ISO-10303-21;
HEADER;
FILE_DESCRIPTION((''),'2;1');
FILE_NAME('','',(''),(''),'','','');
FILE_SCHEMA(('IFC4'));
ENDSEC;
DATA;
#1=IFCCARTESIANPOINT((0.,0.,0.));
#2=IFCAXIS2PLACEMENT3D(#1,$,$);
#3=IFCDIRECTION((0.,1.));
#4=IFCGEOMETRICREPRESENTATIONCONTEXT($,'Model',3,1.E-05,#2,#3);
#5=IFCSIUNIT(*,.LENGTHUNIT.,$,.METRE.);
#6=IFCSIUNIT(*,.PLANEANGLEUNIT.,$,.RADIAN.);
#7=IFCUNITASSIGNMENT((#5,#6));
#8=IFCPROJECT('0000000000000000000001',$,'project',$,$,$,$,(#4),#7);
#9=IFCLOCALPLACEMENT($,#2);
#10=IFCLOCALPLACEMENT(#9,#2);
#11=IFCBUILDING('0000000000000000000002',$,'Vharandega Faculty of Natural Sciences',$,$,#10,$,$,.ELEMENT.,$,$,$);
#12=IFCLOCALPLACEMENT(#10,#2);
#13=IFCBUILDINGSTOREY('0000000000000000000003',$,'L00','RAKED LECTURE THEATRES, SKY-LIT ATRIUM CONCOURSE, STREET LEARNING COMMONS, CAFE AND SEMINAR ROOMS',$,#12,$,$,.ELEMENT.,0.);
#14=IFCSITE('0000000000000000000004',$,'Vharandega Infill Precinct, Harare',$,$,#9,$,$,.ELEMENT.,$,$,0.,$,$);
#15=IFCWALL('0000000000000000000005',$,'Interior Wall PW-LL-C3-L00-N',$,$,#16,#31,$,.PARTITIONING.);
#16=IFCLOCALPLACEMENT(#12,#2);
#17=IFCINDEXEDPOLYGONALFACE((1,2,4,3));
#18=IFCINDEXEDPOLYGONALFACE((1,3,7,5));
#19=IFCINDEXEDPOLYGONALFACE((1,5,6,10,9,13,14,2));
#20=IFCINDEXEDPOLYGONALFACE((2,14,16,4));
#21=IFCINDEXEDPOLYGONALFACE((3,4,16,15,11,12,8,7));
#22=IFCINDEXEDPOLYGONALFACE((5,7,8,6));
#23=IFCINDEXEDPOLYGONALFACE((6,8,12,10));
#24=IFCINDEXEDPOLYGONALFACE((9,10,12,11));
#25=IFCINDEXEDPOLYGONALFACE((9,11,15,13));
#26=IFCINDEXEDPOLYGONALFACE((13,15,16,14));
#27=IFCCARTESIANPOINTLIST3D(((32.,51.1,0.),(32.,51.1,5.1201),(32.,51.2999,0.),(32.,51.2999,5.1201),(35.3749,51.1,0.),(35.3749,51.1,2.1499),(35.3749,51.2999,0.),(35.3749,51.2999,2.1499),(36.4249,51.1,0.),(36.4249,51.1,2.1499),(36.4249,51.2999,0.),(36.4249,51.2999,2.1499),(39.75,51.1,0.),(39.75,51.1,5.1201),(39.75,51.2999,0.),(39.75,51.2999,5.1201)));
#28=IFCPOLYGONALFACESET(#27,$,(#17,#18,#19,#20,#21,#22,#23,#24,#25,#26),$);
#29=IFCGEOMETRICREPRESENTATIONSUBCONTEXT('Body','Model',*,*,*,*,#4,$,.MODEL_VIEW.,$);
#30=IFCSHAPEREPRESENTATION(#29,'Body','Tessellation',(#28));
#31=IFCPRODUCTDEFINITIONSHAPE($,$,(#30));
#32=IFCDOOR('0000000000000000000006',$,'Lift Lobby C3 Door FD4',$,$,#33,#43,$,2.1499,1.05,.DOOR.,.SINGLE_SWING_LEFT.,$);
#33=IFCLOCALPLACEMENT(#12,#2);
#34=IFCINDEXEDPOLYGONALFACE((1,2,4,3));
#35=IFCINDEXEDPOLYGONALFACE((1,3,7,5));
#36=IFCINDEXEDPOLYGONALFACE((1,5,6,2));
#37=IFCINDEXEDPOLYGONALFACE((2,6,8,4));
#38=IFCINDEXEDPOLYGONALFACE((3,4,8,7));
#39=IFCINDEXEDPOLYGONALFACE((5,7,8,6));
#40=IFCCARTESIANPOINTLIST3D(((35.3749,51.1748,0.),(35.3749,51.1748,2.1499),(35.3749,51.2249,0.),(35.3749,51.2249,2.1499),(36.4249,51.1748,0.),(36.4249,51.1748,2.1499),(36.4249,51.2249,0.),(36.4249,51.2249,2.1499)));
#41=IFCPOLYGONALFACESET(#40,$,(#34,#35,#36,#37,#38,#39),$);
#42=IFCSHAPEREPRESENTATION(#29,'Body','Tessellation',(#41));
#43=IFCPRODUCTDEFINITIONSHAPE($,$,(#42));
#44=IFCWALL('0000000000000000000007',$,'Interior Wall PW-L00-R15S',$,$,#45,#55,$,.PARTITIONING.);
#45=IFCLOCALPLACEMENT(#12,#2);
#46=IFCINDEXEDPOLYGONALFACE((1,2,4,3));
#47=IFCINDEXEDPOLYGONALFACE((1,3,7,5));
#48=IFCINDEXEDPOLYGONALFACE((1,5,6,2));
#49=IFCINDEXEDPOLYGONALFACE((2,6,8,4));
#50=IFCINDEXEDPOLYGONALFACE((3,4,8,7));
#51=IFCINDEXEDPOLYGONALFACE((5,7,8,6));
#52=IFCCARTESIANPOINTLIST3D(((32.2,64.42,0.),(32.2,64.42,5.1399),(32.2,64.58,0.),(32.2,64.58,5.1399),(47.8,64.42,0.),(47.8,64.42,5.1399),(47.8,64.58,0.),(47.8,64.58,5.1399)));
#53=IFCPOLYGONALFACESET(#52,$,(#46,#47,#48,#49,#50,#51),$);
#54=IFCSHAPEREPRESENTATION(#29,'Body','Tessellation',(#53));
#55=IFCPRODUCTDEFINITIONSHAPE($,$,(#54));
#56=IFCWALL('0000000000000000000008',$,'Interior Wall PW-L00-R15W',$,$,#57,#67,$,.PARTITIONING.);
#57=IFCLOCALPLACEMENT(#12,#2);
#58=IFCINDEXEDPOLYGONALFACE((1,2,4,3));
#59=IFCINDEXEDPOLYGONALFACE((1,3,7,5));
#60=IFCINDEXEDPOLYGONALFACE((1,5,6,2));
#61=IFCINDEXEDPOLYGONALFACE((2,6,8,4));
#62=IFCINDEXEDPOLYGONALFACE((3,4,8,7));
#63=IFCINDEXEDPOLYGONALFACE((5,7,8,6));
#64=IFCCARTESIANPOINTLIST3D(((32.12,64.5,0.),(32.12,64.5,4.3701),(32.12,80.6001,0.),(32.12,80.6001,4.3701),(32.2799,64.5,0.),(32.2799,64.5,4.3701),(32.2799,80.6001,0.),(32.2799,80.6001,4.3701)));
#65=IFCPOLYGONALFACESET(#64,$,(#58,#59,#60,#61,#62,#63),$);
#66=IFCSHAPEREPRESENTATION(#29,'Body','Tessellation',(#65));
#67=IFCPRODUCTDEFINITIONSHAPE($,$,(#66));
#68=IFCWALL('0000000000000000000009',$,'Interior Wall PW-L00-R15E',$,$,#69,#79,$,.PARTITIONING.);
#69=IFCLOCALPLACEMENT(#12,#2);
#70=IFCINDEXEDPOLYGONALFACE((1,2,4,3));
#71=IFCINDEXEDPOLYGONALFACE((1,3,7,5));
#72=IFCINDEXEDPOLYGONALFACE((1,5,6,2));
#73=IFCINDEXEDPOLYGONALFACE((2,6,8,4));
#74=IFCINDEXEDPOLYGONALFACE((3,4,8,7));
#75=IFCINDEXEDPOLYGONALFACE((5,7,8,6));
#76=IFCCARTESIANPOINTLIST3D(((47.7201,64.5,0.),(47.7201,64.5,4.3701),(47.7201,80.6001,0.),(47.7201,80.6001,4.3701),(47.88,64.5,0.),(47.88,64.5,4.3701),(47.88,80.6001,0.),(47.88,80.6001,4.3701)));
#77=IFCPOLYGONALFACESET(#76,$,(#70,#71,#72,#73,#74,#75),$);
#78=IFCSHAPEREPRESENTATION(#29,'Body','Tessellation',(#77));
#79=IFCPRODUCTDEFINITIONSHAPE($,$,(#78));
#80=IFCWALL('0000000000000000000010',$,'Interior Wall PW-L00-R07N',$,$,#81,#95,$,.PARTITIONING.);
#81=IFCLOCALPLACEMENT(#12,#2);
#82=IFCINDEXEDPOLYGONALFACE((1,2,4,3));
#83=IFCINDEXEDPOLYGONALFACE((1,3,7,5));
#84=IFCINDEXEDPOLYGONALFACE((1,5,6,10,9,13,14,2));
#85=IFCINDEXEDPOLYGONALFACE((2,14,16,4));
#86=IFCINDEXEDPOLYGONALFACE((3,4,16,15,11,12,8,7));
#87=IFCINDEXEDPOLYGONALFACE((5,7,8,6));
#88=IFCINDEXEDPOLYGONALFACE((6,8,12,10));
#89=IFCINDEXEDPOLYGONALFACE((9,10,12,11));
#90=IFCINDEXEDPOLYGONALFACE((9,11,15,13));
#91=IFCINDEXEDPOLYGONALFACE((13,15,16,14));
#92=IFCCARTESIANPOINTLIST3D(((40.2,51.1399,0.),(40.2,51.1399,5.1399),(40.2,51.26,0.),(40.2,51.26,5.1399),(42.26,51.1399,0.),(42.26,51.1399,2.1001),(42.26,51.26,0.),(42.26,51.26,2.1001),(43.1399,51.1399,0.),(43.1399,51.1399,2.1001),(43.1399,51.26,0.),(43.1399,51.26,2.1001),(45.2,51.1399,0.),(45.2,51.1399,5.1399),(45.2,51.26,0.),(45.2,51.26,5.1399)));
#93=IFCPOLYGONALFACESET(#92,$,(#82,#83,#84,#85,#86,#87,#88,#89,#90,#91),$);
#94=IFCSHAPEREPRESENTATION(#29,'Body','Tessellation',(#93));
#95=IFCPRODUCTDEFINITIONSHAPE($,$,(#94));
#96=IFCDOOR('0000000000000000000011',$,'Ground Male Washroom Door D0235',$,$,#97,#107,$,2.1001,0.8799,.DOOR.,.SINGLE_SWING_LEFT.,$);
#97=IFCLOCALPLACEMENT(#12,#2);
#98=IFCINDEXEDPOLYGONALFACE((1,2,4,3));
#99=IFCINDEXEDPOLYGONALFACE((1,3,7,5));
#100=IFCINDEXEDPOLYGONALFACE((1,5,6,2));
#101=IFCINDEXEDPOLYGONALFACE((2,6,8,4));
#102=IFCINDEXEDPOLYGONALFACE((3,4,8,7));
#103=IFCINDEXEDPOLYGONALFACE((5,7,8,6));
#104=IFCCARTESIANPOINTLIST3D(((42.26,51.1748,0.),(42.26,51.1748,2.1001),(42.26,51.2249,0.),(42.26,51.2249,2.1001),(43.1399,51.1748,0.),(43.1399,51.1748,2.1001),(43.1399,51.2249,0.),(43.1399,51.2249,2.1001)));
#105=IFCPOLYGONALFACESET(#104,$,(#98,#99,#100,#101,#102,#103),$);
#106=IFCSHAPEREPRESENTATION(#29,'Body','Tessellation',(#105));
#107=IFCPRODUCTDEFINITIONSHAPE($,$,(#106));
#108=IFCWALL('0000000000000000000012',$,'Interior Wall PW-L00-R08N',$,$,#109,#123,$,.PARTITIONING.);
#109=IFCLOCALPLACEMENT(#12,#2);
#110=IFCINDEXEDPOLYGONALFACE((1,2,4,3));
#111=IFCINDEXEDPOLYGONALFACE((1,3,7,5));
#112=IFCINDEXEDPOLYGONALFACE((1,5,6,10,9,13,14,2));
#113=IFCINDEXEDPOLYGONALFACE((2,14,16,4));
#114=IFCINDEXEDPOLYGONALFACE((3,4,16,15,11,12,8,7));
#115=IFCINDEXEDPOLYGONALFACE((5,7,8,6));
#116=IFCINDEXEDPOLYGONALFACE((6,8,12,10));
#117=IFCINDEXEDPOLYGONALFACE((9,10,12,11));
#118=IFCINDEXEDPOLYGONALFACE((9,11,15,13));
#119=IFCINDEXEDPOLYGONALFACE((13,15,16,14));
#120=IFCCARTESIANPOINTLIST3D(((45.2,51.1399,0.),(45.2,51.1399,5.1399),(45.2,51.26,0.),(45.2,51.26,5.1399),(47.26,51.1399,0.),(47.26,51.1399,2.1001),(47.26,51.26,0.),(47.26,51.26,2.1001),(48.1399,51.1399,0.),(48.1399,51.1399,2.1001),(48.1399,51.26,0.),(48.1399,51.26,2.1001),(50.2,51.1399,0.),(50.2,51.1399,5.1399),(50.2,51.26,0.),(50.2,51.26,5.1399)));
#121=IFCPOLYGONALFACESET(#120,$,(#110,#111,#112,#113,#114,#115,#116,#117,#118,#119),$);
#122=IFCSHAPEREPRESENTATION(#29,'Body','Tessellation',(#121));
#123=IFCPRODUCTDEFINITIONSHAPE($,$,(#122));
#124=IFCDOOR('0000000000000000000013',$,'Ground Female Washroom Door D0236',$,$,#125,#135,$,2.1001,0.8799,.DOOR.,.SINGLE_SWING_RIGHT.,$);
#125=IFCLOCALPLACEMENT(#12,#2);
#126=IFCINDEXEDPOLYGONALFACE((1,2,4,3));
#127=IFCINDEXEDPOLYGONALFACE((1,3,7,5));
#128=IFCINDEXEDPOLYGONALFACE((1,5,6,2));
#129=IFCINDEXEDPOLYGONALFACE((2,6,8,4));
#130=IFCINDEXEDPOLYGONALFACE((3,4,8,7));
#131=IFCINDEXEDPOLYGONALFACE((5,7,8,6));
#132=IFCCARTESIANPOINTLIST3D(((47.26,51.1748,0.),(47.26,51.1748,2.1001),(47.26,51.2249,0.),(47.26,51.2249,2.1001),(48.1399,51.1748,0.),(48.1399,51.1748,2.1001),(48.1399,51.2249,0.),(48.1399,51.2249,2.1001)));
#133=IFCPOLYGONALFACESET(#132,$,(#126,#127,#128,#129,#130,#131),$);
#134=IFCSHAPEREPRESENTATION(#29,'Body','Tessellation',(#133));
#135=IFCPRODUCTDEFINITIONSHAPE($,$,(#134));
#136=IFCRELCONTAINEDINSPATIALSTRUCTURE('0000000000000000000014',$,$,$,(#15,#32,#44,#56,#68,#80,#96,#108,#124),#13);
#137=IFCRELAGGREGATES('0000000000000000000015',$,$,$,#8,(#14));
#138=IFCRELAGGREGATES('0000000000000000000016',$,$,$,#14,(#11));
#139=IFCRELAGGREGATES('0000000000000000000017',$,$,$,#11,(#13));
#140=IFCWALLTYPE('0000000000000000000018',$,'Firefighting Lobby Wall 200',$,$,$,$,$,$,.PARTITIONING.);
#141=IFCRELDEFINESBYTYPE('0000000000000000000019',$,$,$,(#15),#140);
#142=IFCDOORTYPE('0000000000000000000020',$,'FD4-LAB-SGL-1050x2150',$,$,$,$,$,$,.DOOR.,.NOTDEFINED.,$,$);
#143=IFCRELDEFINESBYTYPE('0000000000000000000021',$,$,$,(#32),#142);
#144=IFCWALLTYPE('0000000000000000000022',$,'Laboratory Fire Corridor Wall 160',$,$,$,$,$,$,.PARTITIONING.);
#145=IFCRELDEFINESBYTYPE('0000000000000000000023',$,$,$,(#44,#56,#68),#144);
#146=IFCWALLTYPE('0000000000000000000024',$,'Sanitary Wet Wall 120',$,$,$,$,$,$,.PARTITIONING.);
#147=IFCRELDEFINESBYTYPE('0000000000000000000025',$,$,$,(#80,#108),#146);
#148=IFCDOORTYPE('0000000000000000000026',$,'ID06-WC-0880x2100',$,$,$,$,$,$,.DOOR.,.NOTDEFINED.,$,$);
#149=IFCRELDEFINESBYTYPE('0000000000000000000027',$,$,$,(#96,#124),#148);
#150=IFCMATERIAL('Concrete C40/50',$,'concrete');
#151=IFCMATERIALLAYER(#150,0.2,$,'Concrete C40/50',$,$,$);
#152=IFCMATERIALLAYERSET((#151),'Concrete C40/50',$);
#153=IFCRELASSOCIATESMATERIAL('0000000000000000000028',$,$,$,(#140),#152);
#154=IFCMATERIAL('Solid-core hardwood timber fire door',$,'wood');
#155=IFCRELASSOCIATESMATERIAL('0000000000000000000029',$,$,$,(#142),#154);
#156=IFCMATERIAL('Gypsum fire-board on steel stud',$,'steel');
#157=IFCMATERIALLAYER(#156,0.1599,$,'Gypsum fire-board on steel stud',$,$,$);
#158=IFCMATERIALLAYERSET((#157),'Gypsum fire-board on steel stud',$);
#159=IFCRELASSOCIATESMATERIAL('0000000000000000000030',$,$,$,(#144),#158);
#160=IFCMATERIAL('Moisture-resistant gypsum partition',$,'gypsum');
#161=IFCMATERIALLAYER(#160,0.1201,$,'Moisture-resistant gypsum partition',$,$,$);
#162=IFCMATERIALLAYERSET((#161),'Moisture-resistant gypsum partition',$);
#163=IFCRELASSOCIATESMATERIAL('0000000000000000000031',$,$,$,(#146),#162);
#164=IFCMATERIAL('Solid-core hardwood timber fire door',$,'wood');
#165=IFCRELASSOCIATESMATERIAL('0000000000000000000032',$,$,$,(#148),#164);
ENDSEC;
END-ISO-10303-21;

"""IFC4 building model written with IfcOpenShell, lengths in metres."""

from ifc_helpers import new_model, si_unit, direction, frame, frame_2d, origin, place, context, subcontext, project, spatial, rectangle, extrude, material, layer, layer_set, type_object, element, fill, save


model = new_model("IFC4")

# Units and contexts
model_context = context("Model", 3, precision=1e-05, world=origin(), true_north=direction((0.0, 1.0)))
body_context = subcontext(model_context, "Body", "Model", "MODEL_VIEW")
ifc_project = project(units=[si_unit("LENGTHUNIT", "METRE"), si_unit("PLANEANGLEUNIT", "RADIAN")], contexts=[model_context])

# Site, building, storey
site_placement = place(None, origin())
site = spatial("IfcSite", under=ifc_project, at=site_placement, Name="Vharandega Infill Precinct, Harare", CompositionType="ELEMENT", RefElevation=0.0)
building_placement = place(site_placement, origin())
building = spatial("IfcBuilding", under=site, at=building_placement, Name="Vharandega Faculty of Natural Sciences", CompositionType="ELEMENT")
storey_placement = place(building_placement, origin())
storey = spatial("IfcBuildingStorey", under=building, at=storey_placement, Name="L00", Description="RAKED LECTURE THEATRES, SKY-LIT ATRIUM CONCOURSE, STREET LEARNING COMMONS, CAFE AND SEMINAR ROOMS", CompositionType="ELEMENT", Elevation=0.0)

# Wall, opening, door
ifc_material_1 = material(Name="Concrete C40/50", Category="concrete")
ifc_layer_1 = layer(ifc_material_1, 0.2, Name="Concrete C40/50")
ifc_layer_set_1 = layer_set([ifc_layer_1], Name="Concrete C40/50")
wall_type_1 = type_object("IfcWallType", Name="Firefighting Lobby Wall 200", PredefinedType="PARTITIONING", material=ifc_layer_set_1)
wall_1_placement = place(storey_placement, frame((32.0, 51.2, 0.0), z_axis=(0.0, 0.0, 1.0), x_axis=(1.0, 0.0, 0.0)))
wall_1 = element("IfcWall", 1, at=wall_1_placement, inside=storey, type_object=wall_type_1, Name="Interior Wall PW-LL-C3-L00-N", PredefinedType="PARTITIONING", context=body_context, shape_type="SweptSolid", body=[
    extrude(rectangle(XDim=7.75, YDim=0.2, at=frame_2d((3.875, 0.0))), origin(), (0.0, 0.0, 1.0), 5.1201),
])
opening_1_placement = place(wall_1_placement, frame((3.375, 0.0, 0.0)))
opening_1 = element("IfcOpeningElement", 2, at=opening_1_placement, cuts=wall_1, PredefinedType="OPENING", context=body_context, shape_type="SweptSolid", body=[
    extrude(rectangle(XDim=1.05, YDim=2.1499, at=frame_2d((0.5249, 1.075))), frame((0.0, 0.1099, 0.0), z_axis=(0.0, -1.0, 0.0), x_axis=(1.0, 0.0, 0.0)), (0.0, 0.0, 1.0), 0.22),
])
ifc_material_2 = material(Name="Solid-core hardwood timber fire door", Category="wood")
door_type_1 = type_object("IfcDoorType", Name="FD4-LAB-SGL-1050x2150", OperationType="NOTDEFINED", PredefinedType="DOOR", material=ifc_material_2)
door_1_placement = place(opening_1_placement, origin())
door_1 = element("IfcDoor", 3, at=door_1_placement, inside=storey, type_object=door_type_1, Name="Lift Lobby C3 Door FD4", OperationType="SINGLE_SWING_LEFT", OverallHeight=2.1499, OverallWidth=1.05, PredefinedType="DOOR", context=body_context, shape_type="SweptSolid", body=[
    extrude(rectangle(XDim=1.05, YDim=2.1499, at=frame_2d((0.5249, 1.075))), frame((0.0, 0.0249, 0.0), z_axis=(0.0, -1.0, 0.0), x_axis=(1.0, 0.0, 0.0)), (0.0, 0.0, 1.0), 0.05),
])
fill(opening_1, door_1)

# Walls
ifc_material_3 = material(Name="Gypsum fire-board on steel stud", Category="steel")
ifc_layer_2 = layer(ifc_material_3, 0.1599, Name="Gypsum fire-board on steel stud")
ifc_layer_set_2 = layer_set([ifc_layer_2], Name="Gypsum fire-board on steel stud")
wall_type_2 = type_object("IfcWallType", Name="Laboratory Fire Corridor Wall 160", PredefinedType="PARTITIONING", material=ifc_layer_set_2)
wall_2_placement = place(storey_placement, frame((32.2, 64.5, 0.0), z_axis=(0.0, 0.0, 1.0), x_axis=(1.0, 0.0, 0.0)))
element("IfcWall", 4, at=wall_2_placement, inside=storey, type_object=wall_type_2, Name="Interior Wall PW-L00-R15S", PredefinedType="PARTITIONING", context=body_context, shape_type="SweptSolid", body=[
    extrude(rectangle(XDim=15.6001, YDim=0.1599, at=frame_2d((7.8, 0.0))), origin(), (0.0, 0.0, 1.0), 5.1399),
])
for number, where, z_axis, x_axis, name in (
    (5, (32.2, 64.5, 0.0), (0.0, 0.0, 1.0), (0.0, 1.0, 0.0), "Interior Wall PW-L00-R15W"),
    (6, (47.8, 64.5, 0.0), (0.0, 0.0, 1.0), (0.0, 1.0, 0.0), "Interior Wall PW-L00-R15E"),
):
    element("IfcWall", number, at=place(storey_placement, frame(where, z_axis=z_axis, x_axis=x_axis)), inside=storey, type_object=wall_type_2, Name=name, PredefinedType="PARTITIONING", context=body_context, shape_type="SweptSolid", body=[
        extrude(rectangle(XDim=16.1001, YDim=0.1599, at=frame_2d((8.05, 0.0))), origin(), (0.0, 0.0, 1.0), 4.3701),
    ])

# Walls, openings, doors
ifc_material_4 = material(Name="Moisture-resistant gypsum partition", Category="gypsum")
ifc_layer_3 = layer(ifc_material_4, 0.1201, Name="Moisture-resistant gypsum partition")
ifc_layer_set_3 = layer_set([ifc_layer_3], Name="Moisture-resistant gypsum partition")
wall_type_3 = type_object("IfcWallType", Name="Sanitary Wet Wall 120", PredefinedType="PARTITIONING", material=ifc_layer_set_3)
wall_3_placement = place(storey_placement, frame((40.2, 51.2, 0.0), z_axis=(0.0, 0.0, 1.0), x_axis=(1.0, 0.0, 0.0)))
wall_3 = element("IfcWall", 7, at=wall_3_placement, inside=storey, type_object=wall_type_3, Name="Interior Wall PW-L00-R07N", PredefinedType="PARTITIONING", context=body_context, shape_type="SweptSolid", body=[
    extrude(rectangle(XDim=5.0, YDim=0.1201, at=frame_2d((2.5, 0.0))), origin(), (0.0, 0.0, 1.0), 5.1399),
])
opening_2_placement = place(wall_3_placement, frame((2.0601, 0.0, 0.0)))
opening_2 = element("IfcOpeningElement", 8, at=opening_2_placement, cuts=wall_3, PredefinedType="OPENING", context=body_context, shape_type="SweptSolid", body=[
    extrude(rectangle(XDim=0.8799, YDim=2.1001, at=frame_2d((0.4399, 1.05))), frame((0.0, 0.0701, 0.0), z_axis=(0.0, -1.0, 0.0), x_axis=(1.0, 0.0, 0.0)), (0.0, 0.0, 1.0), 0.1401),
])
ifc_material_5 = material(Name="Solid-core hardwood timber fire door", Category="wood")
door_type_2 = type_object("IfcDoorType", Name="ID06-WC-0880x2100", OperationType="NOTDEFINED", PredefinedType="DOOR", material=ifc_material_5)
door_2_placement = place(opening_2_placement, origin())
door_2 = element("IfcDoor", 9, at=door_2_placement, inside=storey, type_object=door_type_2, Name="Ground Male Washroom Door D0235", OperationType="SINGLE_SWING_LEFT", OverallHeight=2.1001, OverallWidth=0.8799, PredefinedType="DOOR", context=body_context, shape_type="SweptSolid", body=[
    extrude(rectangle(XDim=0.8799, YDim=2.1001, at=frame_2d((0.4399, 1.05))), frame((0.0, 0.0249, 0.0), z_axis=(0.0, -1.0, 0.0), x_axis=(1.0, 0.0, 0.0)), (0.0, 0.0, 1.0), 0.05),
])
fill(opening_2, door_2)
wall_4_placement = place(storey_placement, frame((45.2, 51.2, 0.0), z_axis=(0.0, 0.0, 1.0), x_axis=(1.0, 0.0, 0.0)))
wall_4 = element("IfcWall", 10, at=wall_4_placement, inside=storey, type_object=wall_type_3, Name="Interior Wall PW-L00-R08N", PredefinedType="PARTITIONING", context=body_context, shape_type="SweptSolid", body=[
    extrude(rectangle(XDim=5.0, YDim=0.1201, at=frame_2d((2.5, 0.0))), origin(), (0.0, 0.0, 1.0), 5.1399),
])
opening_3_placement = place(wall_4_placement, frame((2.0601, 0.0, 0.0)))
opening_3 = element("IfcOpeningElement", 11, at=opening_3_placement, cuts=wall_4, PredefinedType="OPENING", context=body_context, shape_type="SweptSolid", body=[
    extrude(rectangle(XDim=0.8799, YDim=2.1001, at=frame_2d((0.4399, 1.05))), frame((0.0, 0.0701, 0.0), z_axis=(0.0, -1.0, 0.0), x_axis=(1.0, 0.0, 0.0)), (0.0, 0.0, 1.0), 0.1401),
])
door_3_placement = place(opening_3_placement, origin())
door_3 = element("IfcDoor", 12, at=door_3_placement, inside=storey, type_object=door_type_2, Name="Ground Female Washroom Door D0236", OperationType="SINGLE_SWING_RIGHT", OverallHeight=2.1001, OverallWidth=0.8799, PredefinedType="DOOR", context=body_context, shape_type="SweptSolid", body=[
    extrude(rectangle(XDim=0.8799, YDim=2.1001, at=frame_2d((0.4399, 1.05))), frame((0.0, 0.0249, 0.0), z_axis=(0.0, -1.0, 0.0), x_axis=(1.0, 0.0, 0.0)), (0.0, 0.0, 1.0), 0.05),
])
fill(opening_3, door_3)

save(model, "model.ifc")
